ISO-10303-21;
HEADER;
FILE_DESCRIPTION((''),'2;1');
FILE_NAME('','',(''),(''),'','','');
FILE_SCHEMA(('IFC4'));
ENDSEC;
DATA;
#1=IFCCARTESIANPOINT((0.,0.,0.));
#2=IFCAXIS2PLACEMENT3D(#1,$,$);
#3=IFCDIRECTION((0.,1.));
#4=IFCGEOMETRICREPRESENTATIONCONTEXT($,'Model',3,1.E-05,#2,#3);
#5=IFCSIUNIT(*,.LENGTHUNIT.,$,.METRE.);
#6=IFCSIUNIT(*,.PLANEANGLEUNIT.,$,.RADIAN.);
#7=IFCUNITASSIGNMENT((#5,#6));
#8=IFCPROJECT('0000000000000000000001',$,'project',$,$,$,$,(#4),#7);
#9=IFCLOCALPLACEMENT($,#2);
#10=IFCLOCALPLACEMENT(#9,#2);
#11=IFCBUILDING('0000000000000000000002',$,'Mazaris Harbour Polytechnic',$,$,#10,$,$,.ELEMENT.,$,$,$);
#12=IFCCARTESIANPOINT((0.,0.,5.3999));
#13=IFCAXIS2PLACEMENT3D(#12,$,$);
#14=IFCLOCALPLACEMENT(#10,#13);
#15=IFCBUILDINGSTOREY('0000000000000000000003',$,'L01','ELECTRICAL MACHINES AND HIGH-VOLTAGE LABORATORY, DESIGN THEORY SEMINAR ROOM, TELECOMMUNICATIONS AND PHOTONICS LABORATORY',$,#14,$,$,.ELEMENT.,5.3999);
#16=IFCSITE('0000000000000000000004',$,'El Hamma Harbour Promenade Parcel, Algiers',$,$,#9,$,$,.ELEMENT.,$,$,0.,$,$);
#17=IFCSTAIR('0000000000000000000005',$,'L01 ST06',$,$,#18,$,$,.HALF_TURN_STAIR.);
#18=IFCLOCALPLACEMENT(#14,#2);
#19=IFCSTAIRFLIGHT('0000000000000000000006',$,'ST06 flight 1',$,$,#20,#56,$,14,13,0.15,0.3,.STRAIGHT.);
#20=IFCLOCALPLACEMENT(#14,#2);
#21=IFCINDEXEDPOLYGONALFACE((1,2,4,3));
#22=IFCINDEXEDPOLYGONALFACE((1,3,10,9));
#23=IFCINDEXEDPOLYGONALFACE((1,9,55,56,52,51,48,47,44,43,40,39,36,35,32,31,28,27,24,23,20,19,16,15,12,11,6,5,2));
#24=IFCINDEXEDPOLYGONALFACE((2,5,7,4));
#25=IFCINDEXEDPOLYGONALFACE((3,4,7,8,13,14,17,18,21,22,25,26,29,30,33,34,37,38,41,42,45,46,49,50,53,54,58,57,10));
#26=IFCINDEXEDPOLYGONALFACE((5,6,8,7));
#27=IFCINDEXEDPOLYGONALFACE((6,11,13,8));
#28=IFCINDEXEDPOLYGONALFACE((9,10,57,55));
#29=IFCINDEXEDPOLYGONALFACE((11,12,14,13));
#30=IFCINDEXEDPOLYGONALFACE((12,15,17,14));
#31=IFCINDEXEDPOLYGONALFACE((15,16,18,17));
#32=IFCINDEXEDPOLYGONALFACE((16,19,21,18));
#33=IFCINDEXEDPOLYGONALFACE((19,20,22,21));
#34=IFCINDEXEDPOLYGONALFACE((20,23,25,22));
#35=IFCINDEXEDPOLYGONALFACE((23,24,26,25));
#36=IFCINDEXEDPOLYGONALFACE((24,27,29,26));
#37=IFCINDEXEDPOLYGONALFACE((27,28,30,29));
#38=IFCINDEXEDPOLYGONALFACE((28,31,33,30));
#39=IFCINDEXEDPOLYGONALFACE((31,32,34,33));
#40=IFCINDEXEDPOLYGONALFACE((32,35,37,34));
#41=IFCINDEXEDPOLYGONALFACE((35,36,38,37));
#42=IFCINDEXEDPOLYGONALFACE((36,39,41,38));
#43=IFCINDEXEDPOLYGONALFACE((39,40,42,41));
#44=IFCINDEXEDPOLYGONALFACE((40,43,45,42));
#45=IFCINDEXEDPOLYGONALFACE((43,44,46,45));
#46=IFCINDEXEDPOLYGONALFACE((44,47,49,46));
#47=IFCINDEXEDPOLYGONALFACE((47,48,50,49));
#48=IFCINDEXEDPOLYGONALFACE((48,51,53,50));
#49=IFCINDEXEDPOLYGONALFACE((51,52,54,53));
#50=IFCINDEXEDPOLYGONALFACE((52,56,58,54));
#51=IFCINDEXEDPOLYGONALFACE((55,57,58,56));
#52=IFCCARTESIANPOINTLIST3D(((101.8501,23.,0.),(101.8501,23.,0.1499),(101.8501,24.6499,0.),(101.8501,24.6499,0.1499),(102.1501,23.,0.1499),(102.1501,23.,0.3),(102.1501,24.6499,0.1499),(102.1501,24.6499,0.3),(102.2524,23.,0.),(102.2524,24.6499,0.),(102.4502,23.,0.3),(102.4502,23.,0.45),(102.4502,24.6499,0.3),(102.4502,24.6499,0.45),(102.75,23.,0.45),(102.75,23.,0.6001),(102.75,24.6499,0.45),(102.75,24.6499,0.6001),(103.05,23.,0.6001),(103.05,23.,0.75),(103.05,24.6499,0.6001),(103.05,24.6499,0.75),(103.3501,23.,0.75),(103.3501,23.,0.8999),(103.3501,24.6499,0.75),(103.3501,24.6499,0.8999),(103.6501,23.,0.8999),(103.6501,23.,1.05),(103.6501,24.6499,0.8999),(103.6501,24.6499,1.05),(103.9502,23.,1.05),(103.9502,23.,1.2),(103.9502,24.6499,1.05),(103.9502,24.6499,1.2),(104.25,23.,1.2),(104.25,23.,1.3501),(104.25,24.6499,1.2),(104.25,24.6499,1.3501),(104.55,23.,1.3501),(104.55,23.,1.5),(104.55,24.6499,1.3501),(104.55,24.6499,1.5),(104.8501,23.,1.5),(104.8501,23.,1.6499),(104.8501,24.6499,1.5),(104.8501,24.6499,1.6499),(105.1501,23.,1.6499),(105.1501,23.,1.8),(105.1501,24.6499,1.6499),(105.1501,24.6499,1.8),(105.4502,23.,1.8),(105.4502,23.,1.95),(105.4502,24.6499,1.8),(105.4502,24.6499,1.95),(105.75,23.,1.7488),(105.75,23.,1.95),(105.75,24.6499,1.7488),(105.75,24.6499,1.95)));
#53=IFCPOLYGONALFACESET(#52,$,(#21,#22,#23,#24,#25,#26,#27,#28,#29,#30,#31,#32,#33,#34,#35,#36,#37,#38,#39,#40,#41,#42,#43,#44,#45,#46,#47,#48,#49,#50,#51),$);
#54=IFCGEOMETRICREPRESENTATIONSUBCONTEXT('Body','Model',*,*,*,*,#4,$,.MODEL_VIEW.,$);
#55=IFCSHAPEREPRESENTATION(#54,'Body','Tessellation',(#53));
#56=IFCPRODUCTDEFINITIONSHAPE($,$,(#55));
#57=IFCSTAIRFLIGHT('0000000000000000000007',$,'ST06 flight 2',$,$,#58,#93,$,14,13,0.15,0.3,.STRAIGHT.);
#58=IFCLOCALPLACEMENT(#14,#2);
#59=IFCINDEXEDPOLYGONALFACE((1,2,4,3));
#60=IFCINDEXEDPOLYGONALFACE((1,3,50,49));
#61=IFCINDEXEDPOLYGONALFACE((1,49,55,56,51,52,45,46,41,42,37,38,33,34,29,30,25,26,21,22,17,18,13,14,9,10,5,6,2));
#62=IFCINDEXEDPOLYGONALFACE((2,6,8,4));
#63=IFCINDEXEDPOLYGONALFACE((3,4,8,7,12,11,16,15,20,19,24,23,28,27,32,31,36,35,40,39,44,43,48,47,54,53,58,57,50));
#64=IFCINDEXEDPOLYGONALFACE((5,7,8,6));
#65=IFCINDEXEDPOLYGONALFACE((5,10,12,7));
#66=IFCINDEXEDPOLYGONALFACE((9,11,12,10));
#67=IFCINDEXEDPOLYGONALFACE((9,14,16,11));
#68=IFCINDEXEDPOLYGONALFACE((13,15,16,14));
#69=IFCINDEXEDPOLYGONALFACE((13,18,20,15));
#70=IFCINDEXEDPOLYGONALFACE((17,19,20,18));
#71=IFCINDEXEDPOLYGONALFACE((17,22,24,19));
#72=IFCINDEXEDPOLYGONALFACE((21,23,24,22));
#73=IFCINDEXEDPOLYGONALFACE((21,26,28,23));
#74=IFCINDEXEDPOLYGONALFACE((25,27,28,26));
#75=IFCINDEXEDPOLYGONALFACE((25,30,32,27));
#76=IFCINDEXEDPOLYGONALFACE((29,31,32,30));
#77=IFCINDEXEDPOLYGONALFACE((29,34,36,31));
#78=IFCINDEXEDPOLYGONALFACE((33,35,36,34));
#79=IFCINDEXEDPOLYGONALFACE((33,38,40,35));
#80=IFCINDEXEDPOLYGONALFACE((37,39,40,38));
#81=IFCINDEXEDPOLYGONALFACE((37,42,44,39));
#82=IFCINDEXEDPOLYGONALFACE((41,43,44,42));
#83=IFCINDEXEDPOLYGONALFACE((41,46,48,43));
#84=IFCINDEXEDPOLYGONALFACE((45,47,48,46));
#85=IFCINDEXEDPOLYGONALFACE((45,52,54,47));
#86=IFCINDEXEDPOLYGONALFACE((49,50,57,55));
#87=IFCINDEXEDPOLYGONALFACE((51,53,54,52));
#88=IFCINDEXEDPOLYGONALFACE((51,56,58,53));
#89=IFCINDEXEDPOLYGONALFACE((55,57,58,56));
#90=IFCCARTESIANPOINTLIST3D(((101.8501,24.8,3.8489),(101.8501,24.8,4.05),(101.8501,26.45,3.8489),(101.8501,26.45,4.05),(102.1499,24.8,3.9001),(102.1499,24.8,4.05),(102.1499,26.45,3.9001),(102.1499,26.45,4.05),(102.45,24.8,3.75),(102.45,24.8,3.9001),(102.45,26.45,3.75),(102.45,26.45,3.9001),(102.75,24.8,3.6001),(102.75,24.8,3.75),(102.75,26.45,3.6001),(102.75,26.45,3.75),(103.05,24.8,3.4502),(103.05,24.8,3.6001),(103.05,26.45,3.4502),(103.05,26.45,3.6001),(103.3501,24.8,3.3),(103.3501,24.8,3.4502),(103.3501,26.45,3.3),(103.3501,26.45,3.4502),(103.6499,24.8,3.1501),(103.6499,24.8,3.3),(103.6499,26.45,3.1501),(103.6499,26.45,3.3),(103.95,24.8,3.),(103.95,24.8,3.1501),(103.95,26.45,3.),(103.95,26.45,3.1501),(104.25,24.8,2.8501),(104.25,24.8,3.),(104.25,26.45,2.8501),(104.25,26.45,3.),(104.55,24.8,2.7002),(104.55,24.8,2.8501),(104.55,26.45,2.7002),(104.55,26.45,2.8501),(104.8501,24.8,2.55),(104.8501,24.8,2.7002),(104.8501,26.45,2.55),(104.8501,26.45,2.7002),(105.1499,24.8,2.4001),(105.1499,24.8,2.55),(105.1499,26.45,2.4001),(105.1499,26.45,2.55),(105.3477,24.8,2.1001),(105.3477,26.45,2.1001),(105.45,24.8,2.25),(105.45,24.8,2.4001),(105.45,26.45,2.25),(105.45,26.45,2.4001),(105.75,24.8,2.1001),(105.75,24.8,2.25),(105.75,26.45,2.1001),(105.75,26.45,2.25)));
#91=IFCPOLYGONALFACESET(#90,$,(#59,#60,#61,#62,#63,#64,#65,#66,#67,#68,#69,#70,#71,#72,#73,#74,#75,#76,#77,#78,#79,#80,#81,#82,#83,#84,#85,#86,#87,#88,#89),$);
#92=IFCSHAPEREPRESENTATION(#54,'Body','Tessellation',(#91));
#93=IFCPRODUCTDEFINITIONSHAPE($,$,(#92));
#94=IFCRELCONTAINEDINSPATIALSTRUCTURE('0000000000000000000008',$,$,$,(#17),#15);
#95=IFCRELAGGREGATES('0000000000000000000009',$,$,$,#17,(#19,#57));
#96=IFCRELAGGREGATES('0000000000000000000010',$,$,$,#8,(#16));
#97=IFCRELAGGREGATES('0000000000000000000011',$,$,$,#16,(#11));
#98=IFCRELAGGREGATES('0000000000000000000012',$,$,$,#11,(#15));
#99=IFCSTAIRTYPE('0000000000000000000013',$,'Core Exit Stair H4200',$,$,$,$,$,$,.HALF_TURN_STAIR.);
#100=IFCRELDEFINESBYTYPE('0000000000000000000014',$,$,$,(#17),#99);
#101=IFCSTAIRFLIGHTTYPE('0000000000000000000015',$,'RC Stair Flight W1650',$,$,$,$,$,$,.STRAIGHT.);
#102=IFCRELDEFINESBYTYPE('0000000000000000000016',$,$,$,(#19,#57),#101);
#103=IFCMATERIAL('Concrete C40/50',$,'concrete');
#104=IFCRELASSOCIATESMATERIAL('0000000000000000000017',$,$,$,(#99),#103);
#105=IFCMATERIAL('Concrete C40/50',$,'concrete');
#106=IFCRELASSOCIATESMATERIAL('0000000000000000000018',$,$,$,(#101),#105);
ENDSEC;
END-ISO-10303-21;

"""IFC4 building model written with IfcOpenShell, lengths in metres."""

from ifc_helpers import new_model, si_unit, direction, frame, origin, place, context, subcontext, project, spatial, polyline, outline, extrude, material, type_object, element, aggregate, save


model = new_model("IFC4")

# Units and contexts
model_context = context("Model", 3, precision=1e-05, world=origin(), true_north=direction((0.0, 1.0)))
body_context = subcontext(model_context, "Body", "Model", "MODEL_VIEW")
ifc_project = project(units=[si_unit("LENGTHUNIT", "METRE"), si_unit("PLANEANGLEUNIT", "RADIAN")], contexts=[model_context])

# Site, building, storey
site_placement = place(None, origin())
site = spatial("IfcSite", under=ifc_project, at=site_placement, Name="El Hamma Harbour Promenade Parcel, Algiers", CompositionType="ELEMENT", RefElevation=0.0)
building_placement = place(site_placement, origin())
building = spatial("IfcBuilding", under=site, at=building_placement, Name="Mazaris Harbour Polytechnic", CompositionType="ELEMENT")
storey_placement = place(building_placement, frame((0.0, 0.0, 5.3999)))
storey = spatial("IfcBuildingStorey", under=building, at=storey_placement, Name="L01", Description="ELECTRICAL MACHINES AND HIGH-VOLTAGE LABORATORY, DESIGN THEORY SEMINAR ROOM, TELECOMMUNICATIONS AND PHOTONICS LABORATORY", CompositionType="ELEMENT", Elevation=5.3999)

# Stair, stair flights
ifc_material_1 = material(Name="Concrete C40/50", Category="concrete")
stair_type = type_object("IfcStairType", Name="Core Exit Stair H4200", PredefinedType="HALF_TURN_STAIR", material=ifc_material_1)
stair_placement = place(storey_placement, origin())
stair = element("IfcStair", 1, at=stair_placement, inside=storey, type_object=stair_type, Name="L01 ST06", PredefinedType="HALF_TURN_STAIR")
ifc_material_2 = material(Name="Concrete C40/50", Category="concrete")
stair_flight_type = type_object("IfcStairFlightType", Name="RC Stair Flight W1650", PredefinedType="STRAIGHT", material=ifc_material_2)
stair_flight_1_placement = place(storey_placement, frame((101.8501, 23.825, 0.0), z_axis=(0.0, 0.0, 1.0), x_axis=(1.0, 0.0, 0.0)))
stair_flight_1 = element("IfcStairFlight", 2, at=stair_flight_1_placement, type_object=stair_flight_type, Name="ST06 flight 1", NumberOfRisers=14, NumberOfTreads=13, PredefinedType="STRAIGHT", RiserHeight=0.15, TreadLength=0.3, context=body_context, shape_type="SweptSolid", body=[
    extrude(outline(polyline([(0.0, 0.0), (0.0, 0.1499), (0.3, 0.1499), (0.3, 0.3), (0.6001, 0.3), (0.6001, 0.45), (0.8999, 0.45), (0.8999, 0.6001), (1.2, 0.6001), (1.2, 0.75), (1.5, 0.75), (1.5, 0.8999), (1.8, 0.8999), (1.8, 1.05), (2.1001, 1.05), (2.1001, 1.2), (2.3999, 1.2), (2.3999, 1.3501), (2.7, 1.3501), (2.7, 1.5), (3.0, 1.5), (3.0, 1.6499), (3.3, 1.6499), (3.3, 1.8), (3.6001, 1.8), (3.6001, 1.95), (3.8999, 1.95), (3.8999, 2.1001), (3.8999, 1.7488), (0.4023, 0.0), (0.0, 0.0)])), frame((0.0, 0.825, 0.0), z_axis=(0.0, -1.0, 0.0), x_axis=(1.0, 0.0, 0.0)), (0.0, 0.0, 1.0), 1.6499),
])
stair_flight_2_placement = place(storey_placement, frame((105.75, 25.625, 2.1001), z_axis=(0.0, 0.0, 1.0), x_axis=(-1.0, 0.0, 0.0)))
stair_flight_2 = element("IfcStairFlight", 3, at=stair_flight_2_placement, type_object=stair_flight_type, Name="ST06 flight 2", NumberOfRisers=14, NumberOfTreads=13, PredefinedType="STRAIGHT", RiserHeight=0.15, TreadLength=0.3, context=body_context, shape_type="SweptSolid", body=[
    extrude(outline(polyline([(0.0, 0.0), (0.0, 0.1499), (0.3, 0.1499), (0.3, 0.3), (0.6001, 0.3), (0.6001, 0.45), (0.8999, 0.45), (0.8999, 0.6001), (1.2, 0.6001), (1.2, 0.75), (1.5, 0.75), (1.5, 0.8999), (1.8, 0.8999), (1.8, 1.05), (2.1001, 1.05), (2.1001, 1.2), (2.3999, 1.2), (2.3999, 1.3501), (2.7, 1.3501), (2.7, 1.5), (3.0, 1.5), (3.0, 1.6499), (3.3, 1.6499), (3.3, 1.8), (3.6001, 1.8), (3.6001, 1.95), (3.8999, 1.95), (3.8999, 2.1001), (3.8999, 1.7488), (0.4023, 0.0), (0.0, 0.0)])), frame((0.0, 0.825, 0.0), z_axis=(0.0, -1.0, 0.0), x_axis=(1.0, 0.0, 0.0)), (0.0, 0.0, 1.0), 1.6499),
])
aggregate(stair, [stair_flight_1, stair_flight_2])

save(model, "model.ifc")
